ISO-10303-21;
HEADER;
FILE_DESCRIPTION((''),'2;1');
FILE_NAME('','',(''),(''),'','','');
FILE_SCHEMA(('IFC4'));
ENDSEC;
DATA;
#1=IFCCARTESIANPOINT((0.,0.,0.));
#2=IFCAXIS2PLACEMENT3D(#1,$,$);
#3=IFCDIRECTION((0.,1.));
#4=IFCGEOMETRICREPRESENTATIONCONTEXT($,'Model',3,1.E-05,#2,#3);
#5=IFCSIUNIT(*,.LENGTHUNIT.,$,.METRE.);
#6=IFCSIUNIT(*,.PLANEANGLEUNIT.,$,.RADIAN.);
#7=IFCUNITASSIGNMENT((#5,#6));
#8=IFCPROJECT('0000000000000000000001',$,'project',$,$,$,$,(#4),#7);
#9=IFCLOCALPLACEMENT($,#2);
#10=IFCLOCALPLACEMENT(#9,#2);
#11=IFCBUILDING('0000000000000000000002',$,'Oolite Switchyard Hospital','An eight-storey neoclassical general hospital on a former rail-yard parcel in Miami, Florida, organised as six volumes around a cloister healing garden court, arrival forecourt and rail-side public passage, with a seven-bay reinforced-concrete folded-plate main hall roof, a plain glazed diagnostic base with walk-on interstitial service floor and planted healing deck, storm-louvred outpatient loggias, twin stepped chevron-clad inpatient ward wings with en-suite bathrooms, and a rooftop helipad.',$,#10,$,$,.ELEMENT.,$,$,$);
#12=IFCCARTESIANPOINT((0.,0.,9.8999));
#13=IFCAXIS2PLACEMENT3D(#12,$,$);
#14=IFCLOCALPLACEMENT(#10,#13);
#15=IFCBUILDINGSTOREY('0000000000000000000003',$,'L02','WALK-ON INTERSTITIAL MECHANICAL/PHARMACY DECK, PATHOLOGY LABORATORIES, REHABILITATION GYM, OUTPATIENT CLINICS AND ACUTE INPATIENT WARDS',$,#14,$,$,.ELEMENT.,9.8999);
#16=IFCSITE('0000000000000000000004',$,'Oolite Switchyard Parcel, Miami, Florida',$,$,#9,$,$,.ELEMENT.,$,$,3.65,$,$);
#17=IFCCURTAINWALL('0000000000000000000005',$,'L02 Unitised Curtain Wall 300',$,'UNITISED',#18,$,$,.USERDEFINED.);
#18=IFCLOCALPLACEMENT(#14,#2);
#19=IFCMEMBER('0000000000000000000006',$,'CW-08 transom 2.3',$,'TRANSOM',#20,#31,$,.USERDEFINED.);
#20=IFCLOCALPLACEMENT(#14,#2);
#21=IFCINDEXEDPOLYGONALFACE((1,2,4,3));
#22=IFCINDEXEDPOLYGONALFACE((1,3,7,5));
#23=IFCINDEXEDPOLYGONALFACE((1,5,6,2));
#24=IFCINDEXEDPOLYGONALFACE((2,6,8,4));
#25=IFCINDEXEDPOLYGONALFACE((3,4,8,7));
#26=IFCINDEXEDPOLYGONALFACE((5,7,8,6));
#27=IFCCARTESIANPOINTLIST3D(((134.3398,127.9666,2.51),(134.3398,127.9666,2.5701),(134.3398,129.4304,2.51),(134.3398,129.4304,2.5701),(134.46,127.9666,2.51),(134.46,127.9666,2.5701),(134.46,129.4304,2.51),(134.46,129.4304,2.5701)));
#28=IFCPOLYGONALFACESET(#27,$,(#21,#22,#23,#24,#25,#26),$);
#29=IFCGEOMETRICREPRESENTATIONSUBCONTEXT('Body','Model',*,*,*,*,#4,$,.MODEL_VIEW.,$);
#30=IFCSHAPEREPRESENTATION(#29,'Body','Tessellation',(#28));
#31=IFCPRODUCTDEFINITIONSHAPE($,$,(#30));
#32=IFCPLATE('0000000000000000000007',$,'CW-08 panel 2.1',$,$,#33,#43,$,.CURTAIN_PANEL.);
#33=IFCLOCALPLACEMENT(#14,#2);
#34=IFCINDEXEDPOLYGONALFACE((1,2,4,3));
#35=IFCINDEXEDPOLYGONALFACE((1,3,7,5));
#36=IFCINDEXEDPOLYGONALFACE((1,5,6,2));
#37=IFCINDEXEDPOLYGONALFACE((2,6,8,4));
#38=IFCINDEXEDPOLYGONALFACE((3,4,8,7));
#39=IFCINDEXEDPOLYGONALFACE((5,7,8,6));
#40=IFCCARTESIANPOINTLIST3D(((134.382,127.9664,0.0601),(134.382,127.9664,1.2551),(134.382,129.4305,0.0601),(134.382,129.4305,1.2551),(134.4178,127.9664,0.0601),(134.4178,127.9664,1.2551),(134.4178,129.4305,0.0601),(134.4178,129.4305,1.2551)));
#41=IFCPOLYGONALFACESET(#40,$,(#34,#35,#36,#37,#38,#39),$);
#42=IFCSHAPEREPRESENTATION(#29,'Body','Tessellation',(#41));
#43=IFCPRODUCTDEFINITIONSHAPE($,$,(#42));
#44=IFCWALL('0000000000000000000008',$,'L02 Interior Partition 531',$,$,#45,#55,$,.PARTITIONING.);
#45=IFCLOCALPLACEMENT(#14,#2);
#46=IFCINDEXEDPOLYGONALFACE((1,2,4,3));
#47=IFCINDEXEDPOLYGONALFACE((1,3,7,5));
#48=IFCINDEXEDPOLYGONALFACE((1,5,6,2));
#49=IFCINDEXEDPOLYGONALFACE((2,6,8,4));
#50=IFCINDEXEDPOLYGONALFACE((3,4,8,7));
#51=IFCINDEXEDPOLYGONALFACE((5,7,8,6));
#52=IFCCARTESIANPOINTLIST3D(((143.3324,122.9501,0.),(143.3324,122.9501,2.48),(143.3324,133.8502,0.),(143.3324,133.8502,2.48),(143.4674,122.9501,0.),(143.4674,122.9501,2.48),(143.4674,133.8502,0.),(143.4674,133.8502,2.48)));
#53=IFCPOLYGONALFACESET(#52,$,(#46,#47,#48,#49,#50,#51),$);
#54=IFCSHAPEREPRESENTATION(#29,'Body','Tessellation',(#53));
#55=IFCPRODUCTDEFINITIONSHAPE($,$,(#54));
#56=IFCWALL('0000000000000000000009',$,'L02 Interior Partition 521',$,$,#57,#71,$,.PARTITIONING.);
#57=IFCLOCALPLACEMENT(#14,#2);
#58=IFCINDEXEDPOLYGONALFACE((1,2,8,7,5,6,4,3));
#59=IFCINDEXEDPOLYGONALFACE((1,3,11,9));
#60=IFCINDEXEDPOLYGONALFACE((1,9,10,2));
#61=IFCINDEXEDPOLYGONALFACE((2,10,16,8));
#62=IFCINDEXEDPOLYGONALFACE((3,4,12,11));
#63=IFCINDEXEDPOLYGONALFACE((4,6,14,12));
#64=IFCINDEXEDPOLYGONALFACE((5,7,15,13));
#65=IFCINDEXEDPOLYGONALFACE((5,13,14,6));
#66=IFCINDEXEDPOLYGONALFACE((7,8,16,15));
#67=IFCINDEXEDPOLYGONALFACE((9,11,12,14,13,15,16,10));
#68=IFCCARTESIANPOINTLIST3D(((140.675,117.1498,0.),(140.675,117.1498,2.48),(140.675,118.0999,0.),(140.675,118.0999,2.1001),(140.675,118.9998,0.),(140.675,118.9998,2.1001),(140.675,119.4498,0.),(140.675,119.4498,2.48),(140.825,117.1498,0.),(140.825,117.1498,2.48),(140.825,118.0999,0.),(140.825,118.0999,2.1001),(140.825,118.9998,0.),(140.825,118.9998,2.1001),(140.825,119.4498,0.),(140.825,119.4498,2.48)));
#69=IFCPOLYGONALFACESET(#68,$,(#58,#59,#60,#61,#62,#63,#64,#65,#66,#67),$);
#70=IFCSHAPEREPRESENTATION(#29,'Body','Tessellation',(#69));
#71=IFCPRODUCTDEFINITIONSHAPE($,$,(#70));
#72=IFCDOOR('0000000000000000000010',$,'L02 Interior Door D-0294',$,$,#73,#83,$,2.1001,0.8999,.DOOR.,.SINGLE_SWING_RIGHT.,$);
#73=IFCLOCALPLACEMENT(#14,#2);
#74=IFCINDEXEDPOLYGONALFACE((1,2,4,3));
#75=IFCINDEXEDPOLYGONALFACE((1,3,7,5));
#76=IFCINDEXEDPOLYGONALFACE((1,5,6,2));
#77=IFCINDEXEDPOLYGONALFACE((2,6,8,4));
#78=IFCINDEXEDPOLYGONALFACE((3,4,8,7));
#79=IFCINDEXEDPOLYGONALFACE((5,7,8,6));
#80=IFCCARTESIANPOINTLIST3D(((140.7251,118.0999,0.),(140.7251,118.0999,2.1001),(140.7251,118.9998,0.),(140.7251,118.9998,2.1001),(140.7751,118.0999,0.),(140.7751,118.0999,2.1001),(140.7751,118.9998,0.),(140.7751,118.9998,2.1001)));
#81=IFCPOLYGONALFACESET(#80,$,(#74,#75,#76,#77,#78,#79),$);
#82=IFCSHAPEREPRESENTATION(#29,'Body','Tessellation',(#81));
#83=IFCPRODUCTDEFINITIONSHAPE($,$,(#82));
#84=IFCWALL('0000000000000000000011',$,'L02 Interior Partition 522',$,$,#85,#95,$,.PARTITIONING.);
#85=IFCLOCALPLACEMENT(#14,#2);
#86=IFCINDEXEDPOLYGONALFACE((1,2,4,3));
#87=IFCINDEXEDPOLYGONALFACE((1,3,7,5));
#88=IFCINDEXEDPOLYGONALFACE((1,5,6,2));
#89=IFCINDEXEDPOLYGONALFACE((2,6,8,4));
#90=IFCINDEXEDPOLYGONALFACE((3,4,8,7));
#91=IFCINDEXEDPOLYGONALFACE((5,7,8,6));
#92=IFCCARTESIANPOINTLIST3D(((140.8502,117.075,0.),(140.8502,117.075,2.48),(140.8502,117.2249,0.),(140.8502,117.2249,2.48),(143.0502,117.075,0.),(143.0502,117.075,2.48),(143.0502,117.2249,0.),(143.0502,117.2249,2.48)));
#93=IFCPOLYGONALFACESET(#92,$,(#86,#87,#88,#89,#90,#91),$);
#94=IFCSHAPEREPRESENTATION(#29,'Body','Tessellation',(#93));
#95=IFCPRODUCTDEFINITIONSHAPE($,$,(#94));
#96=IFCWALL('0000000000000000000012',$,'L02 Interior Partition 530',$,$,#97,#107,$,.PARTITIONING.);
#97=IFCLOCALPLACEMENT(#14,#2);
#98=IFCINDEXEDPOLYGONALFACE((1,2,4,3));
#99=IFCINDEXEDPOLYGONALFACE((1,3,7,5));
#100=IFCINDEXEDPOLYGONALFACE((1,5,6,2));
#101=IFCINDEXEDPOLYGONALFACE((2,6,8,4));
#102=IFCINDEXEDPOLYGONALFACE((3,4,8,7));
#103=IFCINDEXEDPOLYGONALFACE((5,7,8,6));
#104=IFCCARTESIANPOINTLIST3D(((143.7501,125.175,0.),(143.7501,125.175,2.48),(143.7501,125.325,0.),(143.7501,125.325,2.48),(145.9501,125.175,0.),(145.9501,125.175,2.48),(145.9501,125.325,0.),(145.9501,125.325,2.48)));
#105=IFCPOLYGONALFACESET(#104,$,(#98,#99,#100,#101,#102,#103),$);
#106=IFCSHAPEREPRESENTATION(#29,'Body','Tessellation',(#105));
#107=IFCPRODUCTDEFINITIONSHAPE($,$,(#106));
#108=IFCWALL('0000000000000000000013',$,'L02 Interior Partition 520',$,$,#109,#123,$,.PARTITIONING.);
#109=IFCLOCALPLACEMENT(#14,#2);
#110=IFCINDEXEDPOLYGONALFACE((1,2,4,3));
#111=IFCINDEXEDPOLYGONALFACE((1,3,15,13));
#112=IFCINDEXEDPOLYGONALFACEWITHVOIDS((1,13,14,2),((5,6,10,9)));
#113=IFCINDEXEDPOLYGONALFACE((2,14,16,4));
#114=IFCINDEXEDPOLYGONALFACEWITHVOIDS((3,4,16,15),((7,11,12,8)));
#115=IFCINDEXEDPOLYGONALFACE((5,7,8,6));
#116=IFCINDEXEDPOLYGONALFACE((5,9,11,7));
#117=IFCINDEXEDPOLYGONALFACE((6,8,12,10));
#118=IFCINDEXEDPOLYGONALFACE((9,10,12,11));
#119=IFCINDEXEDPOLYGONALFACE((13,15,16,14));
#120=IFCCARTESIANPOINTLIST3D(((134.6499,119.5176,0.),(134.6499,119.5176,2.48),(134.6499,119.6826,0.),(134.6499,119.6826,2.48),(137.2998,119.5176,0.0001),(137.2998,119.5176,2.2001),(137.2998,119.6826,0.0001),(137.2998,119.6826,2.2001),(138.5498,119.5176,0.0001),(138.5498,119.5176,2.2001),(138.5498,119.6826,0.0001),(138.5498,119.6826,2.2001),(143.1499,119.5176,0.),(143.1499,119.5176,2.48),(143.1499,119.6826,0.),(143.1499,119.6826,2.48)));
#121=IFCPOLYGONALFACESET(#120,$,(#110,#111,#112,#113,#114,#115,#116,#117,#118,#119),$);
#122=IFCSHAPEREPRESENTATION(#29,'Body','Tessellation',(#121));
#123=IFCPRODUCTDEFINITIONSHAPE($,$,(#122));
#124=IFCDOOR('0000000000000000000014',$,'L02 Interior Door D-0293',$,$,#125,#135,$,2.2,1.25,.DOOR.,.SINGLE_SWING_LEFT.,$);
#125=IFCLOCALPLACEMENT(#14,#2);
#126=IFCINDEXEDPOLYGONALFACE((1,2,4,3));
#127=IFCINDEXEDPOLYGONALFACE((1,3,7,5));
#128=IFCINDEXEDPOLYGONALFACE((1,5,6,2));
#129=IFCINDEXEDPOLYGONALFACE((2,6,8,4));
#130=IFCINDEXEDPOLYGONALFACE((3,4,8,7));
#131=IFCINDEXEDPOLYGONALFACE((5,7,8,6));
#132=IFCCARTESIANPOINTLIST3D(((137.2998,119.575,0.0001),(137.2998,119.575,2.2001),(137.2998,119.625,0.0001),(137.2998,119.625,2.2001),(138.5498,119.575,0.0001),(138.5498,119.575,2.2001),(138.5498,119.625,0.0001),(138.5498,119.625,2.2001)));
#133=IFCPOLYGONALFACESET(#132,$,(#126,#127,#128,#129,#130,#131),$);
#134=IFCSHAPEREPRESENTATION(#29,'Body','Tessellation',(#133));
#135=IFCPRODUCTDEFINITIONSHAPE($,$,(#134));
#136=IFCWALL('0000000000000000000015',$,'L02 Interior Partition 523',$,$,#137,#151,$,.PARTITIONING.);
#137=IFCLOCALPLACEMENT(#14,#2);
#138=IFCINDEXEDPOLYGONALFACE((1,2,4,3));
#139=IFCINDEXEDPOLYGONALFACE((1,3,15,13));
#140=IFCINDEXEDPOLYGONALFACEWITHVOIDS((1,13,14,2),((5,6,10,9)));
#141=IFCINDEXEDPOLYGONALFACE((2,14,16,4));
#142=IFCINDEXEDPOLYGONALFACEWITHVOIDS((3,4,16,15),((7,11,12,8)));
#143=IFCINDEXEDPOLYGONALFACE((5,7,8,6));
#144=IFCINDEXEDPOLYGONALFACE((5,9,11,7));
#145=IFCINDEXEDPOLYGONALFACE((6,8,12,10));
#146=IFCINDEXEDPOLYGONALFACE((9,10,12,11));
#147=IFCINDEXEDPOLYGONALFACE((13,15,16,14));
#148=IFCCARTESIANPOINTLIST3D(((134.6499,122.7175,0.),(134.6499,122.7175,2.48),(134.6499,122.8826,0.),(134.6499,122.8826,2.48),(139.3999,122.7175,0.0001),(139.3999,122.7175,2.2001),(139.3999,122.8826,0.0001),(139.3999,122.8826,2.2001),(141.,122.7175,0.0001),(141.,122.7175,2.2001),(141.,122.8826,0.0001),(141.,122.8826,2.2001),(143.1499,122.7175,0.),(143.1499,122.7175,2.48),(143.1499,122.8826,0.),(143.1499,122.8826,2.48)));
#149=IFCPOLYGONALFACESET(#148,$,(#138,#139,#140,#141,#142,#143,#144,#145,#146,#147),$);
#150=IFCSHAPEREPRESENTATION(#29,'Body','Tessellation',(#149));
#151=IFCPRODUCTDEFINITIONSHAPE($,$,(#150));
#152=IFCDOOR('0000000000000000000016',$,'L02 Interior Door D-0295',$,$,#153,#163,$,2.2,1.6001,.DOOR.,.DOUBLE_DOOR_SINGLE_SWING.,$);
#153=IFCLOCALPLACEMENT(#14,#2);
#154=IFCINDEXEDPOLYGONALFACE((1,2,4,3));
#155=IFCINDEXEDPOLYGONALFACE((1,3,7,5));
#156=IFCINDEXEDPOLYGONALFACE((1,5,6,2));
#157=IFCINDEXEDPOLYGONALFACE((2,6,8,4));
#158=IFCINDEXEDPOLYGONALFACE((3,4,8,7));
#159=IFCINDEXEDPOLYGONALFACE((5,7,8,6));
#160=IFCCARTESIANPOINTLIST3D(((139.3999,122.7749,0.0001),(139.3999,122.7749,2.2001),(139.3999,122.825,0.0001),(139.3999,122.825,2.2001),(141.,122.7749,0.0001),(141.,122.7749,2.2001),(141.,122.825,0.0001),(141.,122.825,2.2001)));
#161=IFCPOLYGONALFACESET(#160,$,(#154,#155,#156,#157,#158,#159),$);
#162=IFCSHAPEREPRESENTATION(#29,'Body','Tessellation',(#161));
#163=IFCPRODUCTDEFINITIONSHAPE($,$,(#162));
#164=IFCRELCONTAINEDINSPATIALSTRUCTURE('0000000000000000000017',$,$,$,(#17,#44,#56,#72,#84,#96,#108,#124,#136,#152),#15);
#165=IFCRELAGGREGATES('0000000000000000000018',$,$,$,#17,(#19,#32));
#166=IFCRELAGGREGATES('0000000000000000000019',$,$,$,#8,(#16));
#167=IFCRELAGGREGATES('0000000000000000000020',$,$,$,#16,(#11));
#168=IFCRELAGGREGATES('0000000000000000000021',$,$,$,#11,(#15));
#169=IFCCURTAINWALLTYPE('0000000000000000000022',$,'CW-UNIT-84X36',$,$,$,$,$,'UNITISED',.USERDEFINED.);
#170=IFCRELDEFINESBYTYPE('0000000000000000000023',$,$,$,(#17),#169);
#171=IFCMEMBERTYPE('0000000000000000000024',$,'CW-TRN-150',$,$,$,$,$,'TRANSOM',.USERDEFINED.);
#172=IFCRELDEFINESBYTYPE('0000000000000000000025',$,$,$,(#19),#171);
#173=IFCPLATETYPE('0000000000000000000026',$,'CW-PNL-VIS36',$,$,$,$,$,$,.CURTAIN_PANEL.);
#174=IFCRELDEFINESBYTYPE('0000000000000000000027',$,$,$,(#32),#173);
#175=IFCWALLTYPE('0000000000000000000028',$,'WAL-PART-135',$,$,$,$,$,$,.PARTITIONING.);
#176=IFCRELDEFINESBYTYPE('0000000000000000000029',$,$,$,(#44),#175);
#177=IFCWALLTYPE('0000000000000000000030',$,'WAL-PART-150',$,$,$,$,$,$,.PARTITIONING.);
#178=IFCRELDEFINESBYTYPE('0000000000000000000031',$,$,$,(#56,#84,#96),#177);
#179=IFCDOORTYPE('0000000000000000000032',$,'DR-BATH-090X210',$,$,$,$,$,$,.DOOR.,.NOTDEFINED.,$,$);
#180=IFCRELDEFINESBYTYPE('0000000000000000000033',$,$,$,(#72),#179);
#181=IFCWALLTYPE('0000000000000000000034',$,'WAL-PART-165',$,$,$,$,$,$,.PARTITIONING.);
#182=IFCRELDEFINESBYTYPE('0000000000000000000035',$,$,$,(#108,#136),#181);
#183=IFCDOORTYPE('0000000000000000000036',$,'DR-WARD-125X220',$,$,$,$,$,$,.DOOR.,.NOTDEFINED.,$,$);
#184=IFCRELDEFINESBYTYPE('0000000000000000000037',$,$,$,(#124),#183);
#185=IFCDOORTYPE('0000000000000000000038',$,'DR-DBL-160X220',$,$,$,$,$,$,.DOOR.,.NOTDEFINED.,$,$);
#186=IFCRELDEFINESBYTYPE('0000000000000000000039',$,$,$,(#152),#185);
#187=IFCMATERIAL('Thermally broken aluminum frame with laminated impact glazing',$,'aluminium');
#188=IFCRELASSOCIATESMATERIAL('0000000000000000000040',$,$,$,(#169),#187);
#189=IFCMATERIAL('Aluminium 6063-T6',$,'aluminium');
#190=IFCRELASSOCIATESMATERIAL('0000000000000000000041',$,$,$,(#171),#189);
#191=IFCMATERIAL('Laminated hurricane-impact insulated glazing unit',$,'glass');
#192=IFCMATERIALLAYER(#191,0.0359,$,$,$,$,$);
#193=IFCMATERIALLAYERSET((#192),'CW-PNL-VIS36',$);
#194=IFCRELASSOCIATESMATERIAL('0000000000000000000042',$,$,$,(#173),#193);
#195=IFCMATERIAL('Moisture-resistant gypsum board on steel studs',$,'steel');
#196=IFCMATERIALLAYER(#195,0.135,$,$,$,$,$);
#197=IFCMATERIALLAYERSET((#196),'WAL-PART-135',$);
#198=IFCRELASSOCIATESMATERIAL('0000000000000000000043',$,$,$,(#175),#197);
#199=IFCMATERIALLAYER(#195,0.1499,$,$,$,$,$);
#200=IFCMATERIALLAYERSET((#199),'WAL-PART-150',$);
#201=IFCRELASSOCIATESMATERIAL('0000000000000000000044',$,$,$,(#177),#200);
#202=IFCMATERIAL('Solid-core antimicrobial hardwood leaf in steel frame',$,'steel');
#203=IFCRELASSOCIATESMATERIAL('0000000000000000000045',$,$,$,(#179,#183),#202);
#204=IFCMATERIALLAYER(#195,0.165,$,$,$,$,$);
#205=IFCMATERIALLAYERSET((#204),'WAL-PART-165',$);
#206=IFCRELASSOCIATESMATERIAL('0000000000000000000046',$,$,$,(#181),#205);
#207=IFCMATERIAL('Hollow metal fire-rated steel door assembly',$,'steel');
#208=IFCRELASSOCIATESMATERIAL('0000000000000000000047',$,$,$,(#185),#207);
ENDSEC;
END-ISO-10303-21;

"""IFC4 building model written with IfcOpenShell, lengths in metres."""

from ifc_helpers import new_model, si_unit, direction, frame, frame_2d, origin, origin_2d, place, context, subcontext, project, spatial, rectangle, extrude, material, layer, layer_set, material_profile, profile_set, type_object, element, fill, aggregate, save


model = new_model("IFC4")

# Units and contexts
model_context = context("Model", 3, precision=1e-05, world=origin(), true_north=direction((0.0, 1.0)))
body_context = subcontext(model_context, "Body", "Model", "MODEL_VIEW")
ifc_project = project(units=[si_unit("LENGTHUNIT", "METRE"), si_unit("PLANEANGLEUNIT", "RADIAN")], contexts=[model_context])

# Site, building, storey
site_placement = place(None, origin())
site = spatial("IfcSite", under=ifc_project, at=site_placement, Name="Oolite Switchyard Parcel, Miami, Florida", CompositionType="ELEMENT", RefElevation=3.65)
building_placement = place(site_placement, origin())
building = spatial("IfcBuilding", under=site, at=building_placement, Name="Oolite Switchyard Hospital", Description="An eight-storey neoclassical general hospital on a former rail-yard parcel in Miami, Florida, organised as six volumes around a cloister healing garden court, arrival forecourt and rail-side public passage, with a seven-bay reinforced-concrete folded-plate main hall roof, a plain glazed diagnostic base with walk-on interstitial service floor and planted healing deck, storm-louvred outpatient loggias, twin stepped chevron-clad inpatient ward wings with en-suite bathrooms, and a rooftop helipad.", CompositionType="ELEMENT")
storey_placement = place(building_placement, frame((0.0, 0.0, 9.8999)))
storey = spatial("IfcBuildingStorey", under=building, at=storey_placement, Name="L02", Description="WALK-ON INTERSTITIAL MECHANICAL/PHARMACY DECK, PATHOLOGY LABORATORIES, REHABILITATION GYM, OUTPATIENT CLINICS AND ACUTE INPATIENT WARDS", CompositionType="ELEMENT", Elevation=9.8999)

# Curtain wall, member, plate
ifc_material_1 = material(Name="Thermally broken aluminum frame with laminated impact glazing", Category="aluminium")
curtain_wall_type = type_object("IfcCurtainWallType", Name="CW-UNIT-84X36", ElementType="UNITISED", PredefinedType="USERDEFINED", material=ifc_material_1)
curtain_wall_placement = place(storey_placement, origin())
curtain_wall = element("IfcCurtainWall", 1, at=curtain_wall_placement, inside=storey, type_object=curtain_wall_type, Name="L02 Unitised Curtain Wall 300", ObjectType="UNITISED", PredefinedType="USERDEFINED")
ifc_material_2 = material(Name="Aluminium 6063-T6", Category="aluminium")
ifc_material_profile_1 = material_profile(ifc_material_2, rectangle(XDim=0.1201, YDim=0.0601, at=origin_2d()), Name="CWT60X120")
ifc_profile_set_1 = profile_set([ifc_material_profile_1], Name="Aluminium 6063-T6")
member_type = type_object("IfcMemberType", Name="CW-TRN-150", ElementType="TRANSOM", PredefinedType="USERDEFINED", material=ifc_profile_set_1)
member_1_placement = place(storey_placement, frame((134.3999, 127.9666, 2.54), z_axis=(0.0, 1.0, 0.0), x_axis=(-1.0, 0.0, 0.0)))
member_1 = element("IfcMember", 2, at=member_1_placement, type_object=member_type, Name="CW-08 transom 2.3", ObjectType="TRANSOM", PredefinedType="USERDEFINED", context=body_context, shape_type="SweptSolid", body=[
    extrude(rectangle(XDim=0.1201, YDim=0.0601, at=origin_2d()), origin(), (0.0, 0.0, 1.0), 1.4639),
])
ifc_material_3 = material(Name="Laminated hurricane-impact insulated glazing unit", Category="glass")
ifc_layer_1 = layer(ifc_material_3, 0.0359)
ifc_layer_set_1 = layer_set([ifc_layer_1], Name="CW-PNL-VIS36")
plate_type = type_object("IfcPlateType", Name="CW-PNL-VIS36", PredefinedType="CURTAIN_PANEL", material=ifc_layer_set_1)
plate_placement = place(storey_placement, frame((134.3999, 128.6985, 0.0601), z_axis=(0.0, 0.0, 1.0), x_axis=(0.0, 1.0, 0.0)))
plate = element("IfcPlate", 3, at=plate_placement, type_object=plate_type, Name="CW-08 panel 2.1", PredefinedType="CURTAIN_PANEL", context=body_context, shape_type="SweptSolid", body=[
    extrude(rectangle(XDim=1.4641, YDim=0.0359, at=origin_2d()), origin(), (0.0, 0.0, 1.0), 1.1951),
])
aggregate(curtain_wall, [member_1, plate])

# Wall
ifc_material_4 = material(Name="Moisture-resistant gypsum board on steel studs", Category="steel")
ifc_layer_2 = layer(ifc_material_4, 0.135)
ifc_layer_set_2 = layer_set([ifc_layer_2], Name="WAL-PART-135")
wall_type_1 = type_object("IfcWallType", Name="WAL-PART-135", PredefinedType="PARTITIONING", material=ifc_layer_set_2)
wall_1_placement = place(storey_placement, frame((143.3999, 122.95, 0.0), z_axis=(0.0, 0.0, 1.0), x_axis=(0.0, 1.0, 0.0)))
element("IfcWall", 4, at=wall_1_placement, inside=storey, type_object=wall_type_1, Name="L02 Interior Partition 531", PredefinedType="PARTITIONING", context=body_context, shape_type="SweptSolid", body=[
    extrude(rectangle(XDim=10.9001, YDim=0.135, at=frame_2d((5.4502, 0.0))), origin(), (0.0, 0.0, 1.0), 2.48),
])

# Wall, opening, door
ifc_layer_3 = layer(ifc_material_4, 0.1499)
ifc_layer_set_3 = layer_set([ifc_layer_3], Name="WAL-PART-150")
wall_type_2 = type_object("IfcWallType", Name="WAL-PART-150", PredefinedType="PARTITIONING", material=ifc_layer_set_3)
wall_2_placement = place(storey_placement, frame((140.75, 117.1499, 0.0), z_axis=(0.0, 0.0, 1.0), x_axis=(0.0, 1.0, 0.0)))
wall_2 = element("IfcWall", 5, at=wall_2_placement, inside=storey, type_object=wall_type_2, Name="L02 Interior Partition 521", PredefinedType="PARTITIONING", context=body_context, shape_type="SweptSolid", body=[
    extrude(rectangle(XDim=2.3, YDim=0.1499, at=frame_2d((1.1499, 0.0))), origin(), (0.0, 0.0, 1.0), 2.48),
])
opening_1_placement = place(wall_2_placement, frame((0.95, 0.0, 0.0)))
opening_1 = element("IfcOpeningElement", 6, at=opening_1_placement, cuts=wall_2, PredefinedType="OPENING", context=body_context, shape_type="SweptSolid", body=[
    extrude(rectangle(XDim=0.8999, YDim=2.1001, at=frame_2d((0.45, 1.05))), frame((0.0, 0.085, 0.0), z_axis=(0.0, -1.0, 0.0), x_axis=(1.0, 0.0, 0.0)), (0.0, 0.0, 1.0), 0.1699),
])
ifc_material_5 = material(Name="Solid-core antimicrobial hardwood leaf in steel frame", Category="steel")
door_type_1 = type_object("IfcDoorType", Name="DR-BATH-090X210", OperationType="NOTDEFINED", PredefinedType="DOOR", material=ifc_material_5)
door_1_placement = place(opening_1_placement, origin())
door_1 = element("IfcDoor", 7, at=door_1_placement, inside=storey, type_object=door_type_1, Name="L02 Interior Door D-0294", OperationType="SINGLE_SWING_RIGHT", OverallHeight=2.1001, OverallWidth=0.8999, PredefinedType="DOOR", context=body_context, shape_type="SweptSolid", body=[
    extrude(rectangle(XDim=0.8999, YDim=2.1001, at=frame_2d((0.45, 1.05))), frame((0.0, 0.0249, 0.0), z_axis=(0.0, -1.0, 0.0), x_axis=(1.0, 0.0, 0.0)), (0.0, 0.0, 1.0), 0.05),
])
fill(opening_1, door_1)

# Walls
for number, where, z_axis, x_axis, name in (
    (8, (140.8501, 117.1499, 0.0), (0.0, 0.0, 1.0), (1.0, 0.0, 0.0), "L02 Interior Partition 522"),
    (9, (143.75, 125.25, 0.0), (0.0, 0.0, 1.0), (1.0, 0.0, 0.0), "L02 Interior Partition 530"),
):
    element("IfcWall", number, at=place(storey_placement, frame(where, z_axis=z_axis, x_axis=x_axis)), inside=storey, type_object=wall_type_2, Name=name, PredefinedType="PARTITIONING", context=body_context, shape_type="SweptSolid", body=[
        extrude(rectangle(XDim=2.2, YDim=0.1499, at=frame_2d((1.1001, 0.0))), origin(), (0.0, 0.0, 1.0), 2.48),
    ])

# Walls, openings, doors
ifc_layer_4 = layer(ifc_material_4, 0.165)
ifc_layer_set_4 = layer_set([ifc_layer_4], Name="WAL-PART-165")
wall_type_3 = type_object("IfcWallType", Name="WAL-PART-165", PredefinedType="PARTITIONING", material=ifc_layer_set_4)
wall_3_placement = place(storey_placement, frame((134.6499, 119.6001, 0.0), z_axis=(0.0, 0.0, 1.0), x_axis=(1.0, 0.0, 0.0)))
wall_3 = element("IfcWall", 10, at=wall_3_placement, inside=storey, type_object=wall_type_3, Name="L02 Interior Partition 520", PredefinedType="PARTITIONING", context=body_context, shape_type="SweptSolid", body=[
    extrude(rectangle(XDim=8.5, YDim=0.165, at=frame_2d((4.25, 0.0))), origin(), (0.0, 0.0, 1.0), 2.48),
])
opening_2_placement = place(wall_3_placement, frame((2.6499, 0.0, 0.0)))
opening_2 = element("IfcOpeningElement", 11, at=opening_2_placement, cuts=wall_3, PredefinedType="OPENING", context=body_context, shape_type="SweptSolid", body=[
    extrude(rectangle(XDim=1.25, YDim=2.2, at=frame_2d((0.625, 1.1001))), frame((0.0, 0.0925, 0.0), z_axis=(0.0, -1.0, 0.0), x_axis=(1.0, 0.0, 0.0)), (0.0, 0.0, 1.0), 0.1851),
])
door_type_2 = type_object("IfcDoorType", Name="DR-WARD-125X220", OperationType="NOTDEFINED", PredefinedType="DOOR", material=ifc_material_5)
door_2_placement = place(opening_2_placement, origin())
door_2 = element("IfcDoor", 12, at=door_2_placement, inside=storey, type_object=door_type_2, Name="L02 Interior Door D-0293", OperationType="SINGLE_SWING_LEFT", OverallHeight=2.2, OverallWidth=1.25, PredefinedType="DOOR", context=body_context, shape_type="SweptSolid", body=[
    extrude(rectangle(XDim=1.25, YDim=2.2, at=frame_2d((0.625, 1.1001))), frame((0.0, 0.0249, 0.0), z_axis=(0.0, -1.0, 0.0), x_axis=(1.0, 0.0, 0.0)), (0.0, 0.0, 1.0), 0.05),
])
fill(opening_2, door_2)
wall_4_placement = place(storey_placement, frame((134.6499, 122.8, 0.0), z_axis=(0.0, 0.0, 1.0), x_axis=(1.0, 0.0, 0.0)))
wall_4 = element("IfcWall", 13, at=wall_4_placement, inside=storey, type_object=wall_type_3, Name="L02 Interior Partition 523", PredefinedType="PARTITIONING", context=body_context, shape_type="SweptSolid", body=[
    extrude(rectangle(XDim=8.5, YDim=0.165, at=frame_2d((4.25, 0.0))), origin(), (0.0, 0.0, 1.0), 2.48),
])
opening_3_placement = place(wall_4_placement, frame((4.75, 0.0, 0.0)))
opening_3 = element("IfcOpeningElement", 14, at=opening_3_placement, cuts=wall_4, PredefinedType="OPENING", context=body_context, shape_type="SweptSolid", body=[
    extrude(rectangle(XDim=1.6001, YDim=2.2, at=frame_2d((0.8, 1.1001))), frame((0.0, 0.0925, 0.0), z_axis=(0.0, -1.0, 0.0), x_axis=(1.0, 0.0, 0.0)), (0.0, 0.0, 1.0), 0.1851),
])
ifc_material_6 = material(Name="Hollow metal fire-rated steel door assembly", Category="steel")
door_type_3 = type_object("IfcDoorType", Name="DR-DBL-160X220", OperationType="NOTDEFINED", PredefinedType="DOOR", material=ifc_material_6)
door_3_placement = place(opening_3_placement, origin())
door_3 = element("IfcDoor", 15, at=door_3_placement, inside=storey, type_object=door_type_3, Name="L02 Interior Door D-0295", OperationType="DOUBLE_DOOR_SINGLE_SWING", OverallHeight=2.2, OverallWidth=1.6001, PredefinedType="DOOR", context=body_context, shape_type="SweptSolid", body=[
    extrude(rectangle(XDim=1.6001, YDim=2.2, at=frame_2d((0.8, 1.1001))), frame((0.0, 0.0249, 0.0), z_axis=(0.0, -1.0, 0.0), x_axis=(1.0, 0.0, 0.0)), (0.0, 0.0, 1.0), 0.05),
])
fill(opening_3, door_3)

save(model, "model.ifc")
